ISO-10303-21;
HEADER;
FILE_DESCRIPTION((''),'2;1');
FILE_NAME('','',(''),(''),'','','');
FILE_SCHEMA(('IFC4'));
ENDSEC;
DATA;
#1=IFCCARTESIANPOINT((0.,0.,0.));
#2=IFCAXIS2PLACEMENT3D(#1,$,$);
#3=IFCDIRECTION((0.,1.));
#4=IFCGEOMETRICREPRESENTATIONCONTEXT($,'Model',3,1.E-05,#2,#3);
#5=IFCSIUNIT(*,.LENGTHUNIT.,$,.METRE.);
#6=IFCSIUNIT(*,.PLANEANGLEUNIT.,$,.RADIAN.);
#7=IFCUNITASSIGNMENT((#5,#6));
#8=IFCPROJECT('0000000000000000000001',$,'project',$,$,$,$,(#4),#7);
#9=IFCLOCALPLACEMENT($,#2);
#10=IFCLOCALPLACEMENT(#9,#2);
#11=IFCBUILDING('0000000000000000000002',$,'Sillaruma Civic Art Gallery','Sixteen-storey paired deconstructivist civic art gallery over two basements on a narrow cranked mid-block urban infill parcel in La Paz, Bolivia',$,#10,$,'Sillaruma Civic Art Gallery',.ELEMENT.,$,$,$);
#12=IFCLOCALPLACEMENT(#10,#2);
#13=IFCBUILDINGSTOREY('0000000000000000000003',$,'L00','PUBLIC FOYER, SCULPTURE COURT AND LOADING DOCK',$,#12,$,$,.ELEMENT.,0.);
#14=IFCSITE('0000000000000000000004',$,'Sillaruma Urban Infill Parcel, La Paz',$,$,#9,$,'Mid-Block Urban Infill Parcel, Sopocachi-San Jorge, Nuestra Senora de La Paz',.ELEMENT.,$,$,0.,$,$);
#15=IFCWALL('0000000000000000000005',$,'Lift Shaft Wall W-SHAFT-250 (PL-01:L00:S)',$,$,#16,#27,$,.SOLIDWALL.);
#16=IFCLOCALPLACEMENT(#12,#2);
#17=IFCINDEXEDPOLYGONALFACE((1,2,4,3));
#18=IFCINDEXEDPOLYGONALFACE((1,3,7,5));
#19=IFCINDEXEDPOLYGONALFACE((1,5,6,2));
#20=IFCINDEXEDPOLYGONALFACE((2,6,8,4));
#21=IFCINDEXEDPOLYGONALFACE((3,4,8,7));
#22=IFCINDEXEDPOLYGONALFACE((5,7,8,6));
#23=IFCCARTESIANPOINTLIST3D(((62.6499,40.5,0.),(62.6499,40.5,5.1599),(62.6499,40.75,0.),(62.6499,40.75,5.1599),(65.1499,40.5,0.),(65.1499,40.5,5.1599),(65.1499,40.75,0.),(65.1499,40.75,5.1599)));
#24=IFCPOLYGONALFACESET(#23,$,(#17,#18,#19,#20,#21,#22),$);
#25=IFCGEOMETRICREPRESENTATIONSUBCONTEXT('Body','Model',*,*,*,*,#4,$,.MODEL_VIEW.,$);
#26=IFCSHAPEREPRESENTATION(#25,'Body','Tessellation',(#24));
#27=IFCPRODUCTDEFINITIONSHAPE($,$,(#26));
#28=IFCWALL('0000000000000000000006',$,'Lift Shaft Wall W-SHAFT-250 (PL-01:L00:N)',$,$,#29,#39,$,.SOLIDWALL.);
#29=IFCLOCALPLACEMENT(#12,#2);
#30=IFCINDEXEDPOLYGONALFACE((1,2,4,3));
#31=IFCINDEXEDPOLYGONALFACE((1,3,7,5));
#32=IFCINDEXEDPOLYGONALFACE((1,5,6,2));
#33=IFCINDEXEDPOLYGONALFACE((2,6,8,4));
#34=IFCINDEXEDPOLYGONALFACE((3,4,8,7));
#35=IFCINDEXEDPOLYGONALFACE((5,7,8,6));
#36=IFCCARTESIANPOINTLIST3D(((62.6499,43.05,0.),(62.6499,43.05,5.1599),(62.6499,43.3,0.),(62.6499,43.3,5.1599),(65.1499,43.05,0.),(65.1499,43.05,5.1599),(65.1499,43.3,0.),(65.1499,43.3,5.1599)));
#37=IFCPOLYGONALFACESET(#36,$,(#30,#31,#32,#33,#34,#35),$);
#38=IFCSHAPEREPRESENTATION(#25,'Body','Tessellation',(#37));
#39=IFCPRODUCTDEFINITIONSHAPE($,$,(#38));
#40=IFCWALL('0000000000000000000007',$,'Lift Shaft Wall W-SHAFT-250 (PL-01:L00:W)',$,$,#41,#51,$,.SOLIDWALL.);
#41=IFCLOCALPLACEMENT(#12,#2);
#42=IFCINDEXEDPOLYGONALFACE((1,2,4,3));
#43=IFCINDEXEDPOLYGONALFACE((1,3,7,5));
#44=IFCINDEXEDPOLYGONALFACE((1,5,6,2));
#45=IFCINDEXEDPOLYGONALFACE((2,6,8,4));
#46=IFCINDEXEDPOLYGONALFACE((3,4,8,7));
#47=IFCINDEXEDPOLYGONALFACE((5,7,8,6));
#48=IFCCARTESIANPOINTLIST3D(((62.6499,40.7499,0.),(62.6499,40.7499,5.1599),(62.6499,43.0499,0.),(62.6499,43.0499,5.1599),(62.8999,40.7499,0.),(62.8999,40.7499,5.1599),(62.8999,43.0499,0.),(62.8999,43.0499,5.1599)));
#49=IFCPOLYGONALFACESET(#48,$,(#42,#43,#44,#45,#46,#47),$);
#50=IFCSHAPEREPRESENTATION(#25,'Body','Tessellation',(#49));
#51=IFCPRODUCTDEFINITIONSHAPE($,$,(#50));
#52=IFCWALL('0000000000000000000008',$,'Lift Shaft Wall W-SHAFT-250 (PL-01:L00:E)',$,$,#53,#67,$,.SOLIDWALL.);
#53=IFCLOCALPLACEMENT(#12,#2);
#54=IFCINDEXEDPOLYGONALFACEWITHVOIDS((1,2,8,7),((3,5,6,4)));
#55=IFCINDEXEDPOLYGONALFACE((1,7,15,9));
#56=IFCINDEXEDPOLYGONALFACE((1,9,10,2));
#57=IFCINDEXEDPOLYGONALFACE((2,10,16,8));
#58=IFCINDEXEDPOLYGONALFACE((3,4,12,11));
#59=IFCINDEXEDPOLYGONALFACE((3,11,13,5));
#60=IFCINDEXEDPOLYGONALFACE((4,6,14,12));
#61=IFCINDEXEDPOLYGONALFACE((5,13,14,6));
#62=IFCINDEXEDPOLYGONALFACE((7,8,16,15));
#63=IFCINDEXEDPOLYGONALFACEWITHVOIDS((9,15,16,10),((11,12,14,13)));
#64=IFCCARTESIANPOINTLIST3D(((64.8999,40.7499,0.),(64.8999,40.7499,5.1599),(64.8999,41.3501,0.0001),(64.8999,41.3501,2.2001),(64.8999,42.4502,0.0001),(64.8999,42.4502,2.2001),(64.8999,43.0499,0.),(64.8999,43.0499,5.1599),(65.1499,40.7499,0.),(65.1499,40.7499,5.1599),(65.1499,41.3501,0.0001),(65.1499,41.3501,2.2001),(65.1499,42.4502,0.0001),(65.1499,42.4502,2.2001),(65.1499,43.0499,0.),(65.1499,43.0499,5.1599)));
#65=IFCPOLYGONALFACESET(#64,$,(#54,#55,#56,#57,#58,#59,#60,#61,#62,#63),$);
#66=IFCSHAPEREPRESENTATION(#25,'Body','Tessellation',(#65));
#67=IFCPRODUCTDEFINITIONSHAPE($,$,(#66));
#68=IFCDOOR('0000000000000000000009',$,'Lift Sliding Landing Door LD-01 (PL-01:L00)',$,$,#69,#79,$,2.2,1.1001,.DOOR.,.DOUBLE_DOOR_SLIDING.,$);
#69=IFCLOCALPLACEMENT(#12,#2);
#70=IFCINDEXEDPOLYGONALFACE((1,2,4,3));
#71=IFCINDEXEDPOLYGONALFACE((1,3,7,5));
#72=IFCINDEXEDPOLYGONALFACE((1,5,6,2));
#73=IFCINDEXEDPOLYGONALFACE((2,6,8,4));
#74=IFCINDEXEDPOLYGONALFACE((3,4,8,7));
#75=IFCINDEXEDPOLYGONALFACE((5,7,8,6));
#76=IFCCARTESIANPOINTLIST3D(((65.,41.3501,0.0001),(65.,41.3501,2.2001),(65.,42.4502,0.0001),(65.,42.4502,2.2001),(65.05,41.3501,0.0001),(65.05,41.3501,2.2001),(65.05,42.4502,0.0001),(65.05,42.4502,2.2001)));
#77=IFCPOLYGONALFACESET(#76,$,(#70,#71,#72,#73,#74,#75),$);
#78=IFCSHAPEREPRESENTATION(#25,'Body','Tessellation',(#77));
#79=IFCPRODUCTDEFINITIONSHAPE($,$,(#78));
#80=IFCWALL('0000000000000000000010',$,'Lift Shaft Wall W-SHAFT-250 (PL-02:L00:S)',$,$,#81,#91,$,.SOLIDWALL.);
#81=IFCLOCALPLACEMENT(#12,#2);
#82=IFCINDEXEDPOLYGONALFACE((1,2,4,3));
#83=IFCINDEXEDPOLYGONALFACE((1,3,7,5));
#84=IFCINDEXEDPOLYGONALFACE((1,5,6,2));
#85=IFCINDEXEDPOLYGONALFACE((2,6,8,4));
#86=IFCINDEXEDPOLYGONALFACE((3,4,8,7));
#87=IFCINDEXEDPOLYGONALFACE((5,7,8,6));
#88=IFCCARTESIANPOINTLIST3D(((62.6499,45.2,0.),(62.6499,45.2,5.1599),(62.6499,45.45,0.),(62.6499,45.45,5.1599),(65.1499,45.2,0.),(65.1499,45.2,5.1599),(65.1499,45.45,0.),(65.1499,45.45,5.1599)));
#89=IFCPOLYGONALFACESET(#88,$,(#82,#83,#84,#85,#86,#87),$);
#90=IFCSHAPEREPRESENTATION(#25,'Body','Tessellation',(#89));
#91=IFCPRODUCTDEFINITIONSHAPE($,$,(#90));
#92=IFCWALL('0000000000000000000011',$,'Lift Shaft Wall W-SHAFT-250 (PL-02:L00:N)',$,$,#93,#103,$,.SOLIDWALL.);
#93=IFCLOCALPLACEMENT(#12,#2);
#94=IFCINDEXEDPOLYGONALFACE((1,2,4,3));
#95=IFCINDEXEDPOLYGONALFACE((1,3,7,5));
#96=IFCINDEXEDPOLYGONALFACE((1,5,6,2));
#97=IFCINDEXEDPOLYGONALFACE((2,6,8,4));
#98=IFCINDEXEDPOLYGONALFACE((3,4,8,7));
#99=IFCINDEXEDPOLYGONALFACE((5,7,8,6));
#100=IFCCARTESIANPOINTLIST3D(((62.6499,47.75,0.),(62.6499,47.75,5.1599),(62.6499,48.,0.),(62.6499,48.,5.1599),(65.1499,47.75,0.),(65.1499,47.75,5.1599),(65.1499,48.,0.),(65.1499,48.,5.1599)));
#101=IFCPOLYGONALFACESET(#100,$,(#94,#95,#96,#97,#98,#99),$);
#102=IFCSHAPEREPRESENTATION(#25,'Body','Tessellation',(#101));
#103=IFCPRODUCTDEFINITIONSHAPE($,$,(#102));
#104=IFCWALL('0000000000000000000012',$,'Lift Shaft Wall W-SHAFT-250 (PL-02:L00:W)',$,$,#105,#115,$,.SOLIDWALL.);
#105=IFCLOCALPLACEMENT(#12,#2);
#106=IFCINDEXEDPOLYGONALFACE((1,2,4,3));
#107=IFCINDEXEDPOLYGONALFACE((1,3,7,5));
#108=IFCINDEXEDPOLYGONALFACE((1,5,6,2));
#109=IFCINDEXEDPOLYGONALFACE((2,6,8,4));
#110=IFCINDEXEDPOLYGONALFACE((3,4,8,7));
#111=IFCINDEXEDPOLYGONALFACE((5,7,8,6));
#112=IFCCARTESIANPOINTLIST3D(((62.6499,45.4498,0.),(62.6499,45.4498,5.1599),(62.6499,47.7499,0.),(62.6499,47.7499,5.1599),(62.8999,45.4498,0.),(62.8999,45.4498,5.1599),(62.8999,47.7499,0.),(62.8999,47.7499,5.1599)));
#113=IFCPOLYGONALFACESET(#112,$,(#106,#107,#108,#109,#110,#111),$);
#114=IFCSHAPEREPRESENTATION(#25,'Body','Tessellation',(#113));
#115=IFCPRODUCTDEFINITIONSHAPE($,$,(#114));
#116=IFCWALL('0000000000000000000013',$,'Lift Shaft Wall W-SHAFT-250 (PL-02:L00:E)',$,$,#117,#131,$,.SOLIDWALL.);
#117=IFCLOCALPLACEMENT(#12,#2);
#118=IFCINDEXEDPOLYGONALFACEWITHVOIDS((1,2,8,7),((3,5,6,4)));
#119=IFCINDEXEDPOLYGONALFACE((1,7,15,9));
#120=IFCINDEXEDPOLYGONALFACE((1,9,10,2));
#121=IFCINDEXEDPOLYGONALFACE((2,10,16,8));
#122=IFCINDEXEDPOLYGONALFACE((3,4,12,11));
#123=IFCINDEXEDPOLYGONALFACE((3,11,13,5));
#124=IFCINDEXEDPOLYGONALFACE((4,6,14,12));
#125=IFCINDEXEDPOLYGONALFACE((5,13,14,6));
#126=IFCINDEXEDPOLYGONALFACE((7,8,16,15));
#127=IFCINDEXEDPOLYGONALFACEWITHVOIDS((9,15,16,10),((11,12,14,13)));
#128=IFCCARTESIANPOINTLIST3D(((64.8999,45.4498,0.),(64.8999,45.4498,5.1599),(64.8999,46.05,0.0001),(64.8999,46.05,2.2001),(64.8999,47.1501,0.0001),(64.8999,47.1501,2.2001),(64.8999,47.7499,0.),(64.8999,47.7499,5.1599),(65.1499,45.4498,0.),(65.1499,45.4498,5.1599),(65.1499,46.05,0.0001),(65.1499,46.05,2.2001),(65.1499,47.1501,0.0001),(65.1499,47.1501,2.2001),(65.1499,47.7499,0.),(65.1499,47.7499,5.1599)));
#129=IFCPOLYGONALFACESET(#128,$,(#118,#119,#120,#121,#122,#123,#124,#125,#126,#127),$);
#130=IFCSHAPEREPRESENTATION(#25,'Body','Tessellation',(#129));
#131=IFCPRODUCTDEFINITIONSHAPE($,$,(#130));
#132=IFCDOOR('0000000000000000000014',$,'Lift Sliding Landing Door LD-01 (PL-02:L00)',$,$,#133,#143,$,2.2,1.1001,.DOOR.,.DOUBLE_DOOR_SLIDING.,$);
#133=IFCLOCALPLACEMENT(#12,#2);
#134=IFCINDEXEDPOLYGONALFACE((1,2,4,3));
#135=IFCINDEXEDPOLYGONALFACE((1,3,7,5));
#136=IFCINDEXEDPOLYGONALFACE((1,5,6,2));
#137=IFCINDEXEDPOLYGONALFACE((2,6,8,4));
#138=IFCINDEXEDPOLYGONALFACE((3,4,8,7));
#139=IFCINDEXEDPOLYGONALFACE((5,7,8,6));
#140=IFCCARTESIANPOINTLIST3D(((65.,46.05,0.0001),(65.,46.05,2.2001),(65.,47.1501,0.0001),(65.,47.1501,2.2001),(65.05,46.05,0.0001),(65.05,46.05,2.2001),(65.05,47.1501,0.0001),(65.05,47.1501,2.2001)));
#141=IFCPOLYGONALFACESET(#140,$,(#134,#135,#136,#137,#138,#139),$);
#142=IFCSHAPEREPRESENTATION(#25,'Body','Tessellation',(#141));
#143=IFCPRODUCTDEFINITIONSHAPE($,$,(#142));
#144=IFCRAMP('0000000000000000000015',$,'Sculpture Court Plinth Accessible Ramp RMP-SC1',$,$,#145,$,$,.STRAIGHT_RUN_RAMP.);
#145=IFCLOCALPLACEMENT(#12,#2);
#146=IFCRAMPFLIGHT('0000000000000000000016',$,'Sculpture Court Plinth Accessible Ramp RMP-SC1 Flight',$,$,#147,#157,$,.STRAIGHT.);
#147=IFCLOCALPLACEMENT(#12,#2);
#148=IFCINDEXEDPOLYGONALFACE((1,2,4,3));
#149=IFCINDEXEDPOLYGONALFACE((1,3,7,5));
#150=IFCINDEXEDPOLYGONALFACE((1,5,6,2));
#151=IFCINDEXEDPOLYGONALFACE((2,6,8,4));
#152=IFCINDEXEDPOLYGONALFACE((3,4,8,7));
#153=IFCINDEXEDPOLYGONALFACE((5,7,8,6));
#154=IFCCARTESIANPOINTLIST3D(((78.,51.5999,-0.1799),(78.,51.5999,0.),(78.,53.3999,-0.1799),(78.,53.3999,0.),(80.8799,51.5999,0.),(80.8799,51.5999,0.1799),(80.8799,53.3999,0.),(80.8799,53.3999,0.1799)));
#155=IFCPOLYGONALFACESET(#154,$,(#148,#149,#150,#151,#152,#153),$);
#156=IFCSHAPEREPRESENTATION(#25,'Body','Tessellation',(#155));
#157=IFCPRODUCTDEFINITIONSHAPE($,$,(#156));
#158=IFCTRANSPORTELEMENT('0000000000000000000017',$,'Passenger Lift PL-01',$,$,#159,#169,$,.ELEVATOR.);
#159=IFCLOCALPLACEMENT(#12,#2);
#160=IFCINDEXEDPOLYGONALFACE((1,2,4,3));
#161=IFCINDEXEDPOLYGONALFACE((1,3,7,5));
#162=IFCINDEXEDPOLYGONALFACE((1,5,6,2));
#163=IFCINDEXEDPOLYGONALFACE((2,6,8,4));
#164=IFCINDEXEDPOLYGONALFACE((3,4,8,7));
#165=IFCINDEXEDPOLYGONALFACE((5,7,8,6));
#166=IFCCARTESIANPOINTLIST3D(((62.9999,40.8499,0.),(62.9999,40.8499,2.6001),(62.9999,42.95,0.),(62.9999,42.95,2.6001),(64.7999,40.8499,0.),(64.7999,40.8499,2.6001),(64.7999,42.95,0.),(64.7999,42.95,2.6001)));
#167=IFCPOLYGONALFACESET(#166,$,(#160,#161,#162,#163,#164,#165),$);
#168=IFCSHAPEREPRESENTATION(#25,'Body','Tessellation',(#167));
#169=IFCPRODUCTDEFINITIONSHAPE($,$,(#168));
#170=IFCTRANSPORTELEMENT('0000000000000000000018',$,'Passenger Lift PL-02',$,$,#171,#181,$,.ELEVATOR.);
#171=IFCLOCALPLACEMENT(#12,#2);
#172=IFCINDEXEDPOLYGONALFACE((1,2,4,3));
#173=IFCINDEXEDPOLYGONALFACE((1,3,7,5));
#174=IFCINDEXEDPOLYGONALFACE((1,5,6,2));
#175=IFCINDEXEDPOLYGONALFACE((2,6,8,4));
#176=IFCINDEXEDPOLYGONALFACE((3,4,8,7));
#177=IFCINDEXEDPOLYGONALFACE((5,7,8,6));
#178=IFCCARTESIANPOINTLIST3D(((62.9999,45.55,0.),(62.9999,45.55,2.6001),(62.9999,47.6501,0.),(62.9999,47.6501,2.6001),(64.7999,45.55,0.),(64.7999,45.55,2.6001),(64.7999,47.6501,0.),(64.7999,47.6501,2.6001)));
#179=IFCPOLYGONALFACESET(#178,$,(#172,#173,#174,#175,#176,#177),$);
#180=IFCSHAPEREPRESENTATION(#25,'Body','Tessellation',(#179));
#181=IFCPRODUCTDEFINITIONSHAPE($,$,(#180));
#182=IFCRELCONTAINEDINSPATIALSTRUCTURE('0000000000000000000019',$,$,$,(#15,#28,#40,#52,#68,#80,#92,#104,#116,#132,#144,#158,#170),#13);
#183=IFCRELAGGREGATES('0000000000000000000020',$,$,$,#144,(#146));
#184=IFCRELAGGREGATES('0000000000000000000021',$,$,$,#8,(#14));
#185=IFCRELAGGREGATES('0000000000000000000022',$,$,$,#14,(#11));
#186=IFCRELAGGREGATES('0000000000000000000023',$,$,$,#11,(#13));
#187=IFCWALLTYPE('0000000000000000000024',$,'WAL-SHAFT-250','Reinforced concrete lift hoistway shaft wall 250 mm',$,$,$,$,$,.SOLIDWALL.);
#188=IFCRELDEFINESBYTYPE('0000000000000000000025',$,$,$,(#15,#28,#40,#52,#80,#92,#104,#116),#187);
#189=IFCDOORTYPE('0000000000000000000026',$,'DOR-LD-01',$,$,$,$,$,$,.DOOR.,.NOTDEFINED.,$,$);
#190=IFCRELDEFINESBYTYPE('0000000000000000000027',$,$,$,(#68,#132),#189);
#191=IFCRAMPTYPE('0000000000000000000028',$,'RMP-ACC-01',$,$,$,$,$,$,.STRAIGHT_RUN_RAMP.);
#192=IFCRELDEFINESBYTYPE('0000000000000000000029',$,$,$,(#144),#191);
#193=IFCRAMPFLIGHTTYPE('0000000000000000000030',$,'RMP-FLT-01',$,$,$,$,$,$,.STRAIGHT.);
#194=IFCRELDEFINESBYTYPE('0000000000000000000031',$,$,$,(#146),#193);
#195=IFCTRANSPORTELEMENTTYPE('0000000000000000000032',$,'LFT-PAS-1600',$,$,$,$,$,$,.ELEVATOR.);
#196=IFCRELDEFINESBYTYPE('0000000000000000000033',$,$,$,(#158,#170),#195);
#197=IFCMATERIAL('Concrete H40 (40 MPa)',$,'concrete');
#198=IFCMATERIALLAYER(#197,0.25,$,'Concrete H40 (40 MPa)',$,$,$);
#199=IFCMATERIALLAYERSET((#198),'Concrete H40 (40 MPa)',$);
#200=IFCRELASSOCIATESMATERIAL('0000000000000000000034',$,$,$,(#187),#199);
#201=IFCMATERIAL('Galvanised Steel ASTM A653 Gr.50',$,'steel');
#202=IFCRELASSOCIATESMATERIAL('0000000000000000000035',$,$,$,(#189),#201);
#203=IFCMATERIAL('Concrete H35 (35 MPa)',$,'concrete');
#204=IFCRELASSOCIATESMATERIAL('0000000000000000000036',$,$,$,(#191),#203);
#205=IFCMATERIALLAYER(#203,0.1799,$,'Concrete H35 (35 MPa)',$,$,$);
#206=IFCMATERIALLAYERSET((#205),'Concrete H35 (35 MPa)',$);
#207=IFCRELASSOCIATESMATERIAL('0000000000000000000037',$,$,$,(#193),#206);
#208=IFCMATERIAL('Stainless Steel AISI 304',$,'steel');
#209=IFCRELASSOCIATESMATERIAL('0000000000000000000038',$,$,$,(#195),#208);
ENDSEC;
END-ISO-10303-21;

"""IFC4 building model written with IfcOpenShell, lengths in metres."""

from ifc_helpers import new_model, si_unit, direction, frame, frame_2d, origin, origin_2d, place, context, subcontext, project, spatial, polyline, rectangle, outline, extrude, material, layer, layer_set, type_object, element, fill, aggregate, save


model = new_model("IFC4")

# Units and contexts
model_context = context("Model", 3, precision=1e-05, world=origin(), true_north=direction((0.0, 1.0)))
body_context = subcontext(model_context, "Body", "Model", "MODEL_VIEW")
ifc_project = project(units=[si_unit("LENGTHUNIT", "METRE"), si_unit("PLANEANGLEUNIT", "RADIAN")], contexts=[model_context])

# Site, building, storey
site_placement = place(None, origin())
site = spatial("IfcSite", under=ifc_project, at=site_placement, Name="Sillaruma Urban Infill Parcel, La Paz", LongName="Mid-Block Urban Infill Parcel, Sopocachi-San Jorge, Nuestra Senora de La Paz", CompositionType="ELEMENT", RefElevation=0.0)
building_placement = place(site_placement, origin())
building = spatial("IfcBuilding", under=site, at=building_placement, Name="Sillaruma Civic Art Gallery", Description="Sixteen-storey paired deconstructivist civic art gallery over two basements on a narrow cranked mid-block urban infill parcel in La Paz, Bolivia", LongName="Sillaruma Civic Art Gallery", CompositionType="ELEMENT")
storey_placement = place(building_placement, origin())
storey = spatial("IfcBuildingStorey", under=building, at=storey_placement, Name="L00", Description="PUBLIC FOYER, SCULPTURE COURT AND LOADING DOCK", CompositionType="ELEMENT", Elevation=0.0)

# Shared definitions
ifc_material_1 = material(Name="Concrete H40 (40 MPa)", Category="concrete")

# Shared definitions
ifc_material_2 = material(Name="Concrete H35 (35 MPa)", Category="concrete")

# Walls
ifc_layer_1 = layer(ifc_material_1, 0.25, Name="Concrete H40 (40 MPa)")
ifc_layer_set_1 = layer_set([ifc_layer_1], Name="Concrete H40 (40 MPa)")
wall_type_1 = type_object("IfcWallType", Name="WAL-SHAFT-250", Description="Reinforced concrete lift hoistway shaft wall 250 mm", PredefinedType="SOLIDWALL", material=ifc_layer_set_1)
for number, where, z_axis, x_axis, name in (
    (1, (62.6499, 40.625, 0.0), (0.0, 0.0, 1.0), (1.0, 0.0, 0.0), "Lift Shaft Wall W-SHAFT-250 (PL-01:L00:S)"),
    (2, (62.6499, 43.175, 0.0), (0.0, 0.0, 1.0), (1.0, 0.0, 0.0), "Lift Shaft Wall W-SHAFT-250 (PL-01:L00:N)"),
):
    element("IfcWall", number, at=place(storey_placement, frame(where, z_axis=z_axis, x_axis=x_axis)), inside=storey, type_object=wall_type_1, Name=name, PredefinedType="SOLIDWALL", context=body_context, shape_type="SweptSolid", body=[
        extrude(rectangle(XDim=2.5, YDim=0.25, at=frame_2d((1.25, 0.0))), origin(), (0.0, 0.0, 1.0), 5.1599),
    ])
wall_1_placement = place(storey_placement, frame((62.7749, 40.75, 0.0), z_axis=(0.0, 0.0, 1.0), x_axis=(0.0, 1.0, 0.0)))
element("IfcWall", 3, at=wall_1_placement, inside=storey, type_object=wall_type_1, Name="Lift Shaft Wall W-SHAFT-250 (PL-01:L00:W)", PredefinedType="SOLIDWALL", context=body_context, shape_type="SweptSolid", body=[
    extrude(rectangle(XDim=2.3, YDim=0.25, at=frame_2d((1.1499, 0.0))), origin(), (0.0, 0.0, 1.0), 5.1599),
])

# Wall, opening, door
wall_2_placement = place(storey_placement, frame((65.0249, 40.75, 0.0), z_axis=(0.0, 0.0, 1.0), x_axis=(0.0, 1.0, 0.0)))
wall_2 = element("IfcWall", 4, at=wall_2_placement, inside=storey, type_object=wall_type_1, Name="Lift Shaft Wall W-SHAFT-250 (PL-01:L00:E)", PredefinedType="SOLIDWALL", context=body_context, shape_type="SweptSolid", body=[
    extrude(rectangle(XDim=2.3, YDim=0.25, at=frame_2d((1.1499, 0.0))), origin(), (0.0, 0.0, 1.0), 5.1599),
])
opening_1_placement = place(wall_2_placement, frame((0.6001, 0.0, 0.0)))
opening_1 = element("IfcOpeningElement", 5, at=opening_1_placement, cuts=wall_2, PredefinedType="OPENING", context=body_context, shape_type="SweptSolid", body=[
    extrude(rectangle(XDim=1.1001, YDim=2.2, at=frame_2d((0.55, 1.1001))), frame((0.0, 0.135, 0.0), z_axis=(0.0, -1.0, 0.0), x_axis=(1.0, 0.0, 0.0)), (0.0, 0.0, 1.0), 0.27),
])
ifc_material_3 = material(Name="Galvanised Steel ASTM A653 Gr.50", Category="steel")
door_type_1 = type_object("IfcDoorType", Name="DOR-LD-01", OperationType="NOTDEFINED", PredefinedType="DOOR", material=ifc_material_3)
door_1_placement = place(opening_1_placement, origin())
door_1 = element("IfcDoor", 6, at=door_1_placement, inside=storey, type_object=door_type_1, Name="Lift Sliding Landing Door LD-01 (PL-01:L00)", OperationType="DOUBLE_DOOR_SLIDING", OverallHeight=2.2, OverallWidth=1.1001, PredefinedType="DOOR", context=body_context, shape_type="SweptSolid", body=[
    extrude(rectangle(XDim=1.1001, YDim=2.2, at=frame_2d((0.55, 1.1001))), frame((0.0, 0.0249, 0.0), z_axis=(0.0, -1.0, 0.0), x_axis=(1.0, 0.0, 0.0)), (0.0, 0.0, 1.0), 0.05),
])
fill(opening_1, door_1)

# Walls
for number, where, z_axis, x_axis, name in (
    (7, (62.6499, 45.325, 0.0), (0.0, 0.0, 1.0), (1.0, 0.0, 0.0), "Lift Shaft Wall W-SHAFT-250 (PL-02:L00:S)"),
    (8, (62.6499, 47.875, 0.0), (0.0, 0.0, 1.0), (1.0, 0.0, 0.0), "Lift Shaft Wall W-SHAFT-250 (PL-02:L00:N)"),
):
    element("IfcWall", number, at=place(storey_placement, frame(where, z_axis=z_axis, x_axis=x_axis)), inside=storey, type_object=wall_type_1, Name=name, PredefinedType="SOLIDWALL", context=body_context, shape_type="SweptSolid", body=[
        extrude(rectangle(XDim=2.5, YDim=0.25, at=frame_2d((1.25, 0.0))), origin(), (0.0, 0.0, 1.0), 5.1599),
    ])
wall_3_placement = place(storey_placement, frame((62.7749, 45.45, 0.0), z_axis=(0.0, 0.0, 1.0), x_axis=(0.0, 1.0, 0.0)))
element("IfcWall", 9, at=wall_3_placement, inside=storey, type_object=wall_type_1, Name="Lift Shaft Wall W-SHAFT-250 (PL-02:L00:W)", PredefinedType="SOLIDWALL", context=body_context, shape_type="SweptSolid", body=[
    extrude(rectangle(XDim=2.3, YDim=0.25, at=frame_2d((1.1499, 0.0))), origin(), (0.0, 0.0, 1.0), 5.1599),
])

# Wall, opening, door
wall_4_placement = place(storey_placement, frame((65.0249, 45.45, 0.0), z_axis=(0.0, 0.0, 1.0), x_axis=(0.0, 1.0, 0.0)))
wall_4 = element("IfcWall", 10, at=wall_4_placement, inside=storey, type_object=wall_type_1, Name="Lift Shaft Wall W-SHAFT-250 (PL-02:L00:E)", PredefinedType="SOLIDWALL", context=body_context, shape_type="SweptSolid", body=[
    extrude(rectangle(XDim=2.3, YDim=0.25, at=frame_2d((1.1499, 0.0))), origin(), (0.0, 0.0, 1.0), 5.1599),
])
opening_2_placement = place(wall_4_placement, frame((0.6001, 0.0, 0.0)))
opening_2 = element("IfcOpeningElement", 11, at=opening_2_placement, cuts=wall_4, PredefinedType="OPENING", context=body_context, shape_type="SweptSolid", body=[
    extrude(rectangle(XDim=1.1001, YDim=2.2, at=frame_2d((0.55, 1.1001))), frame((0.0, 0.135, 0.0), z_axis=(0.0, -1.0, 0.0), x_axis=(1.0, 0.0, 0.0)), (0.0, 0.0, 1.0), 0.27),
])
door_2_placement = place(opening_2_placement, origin())
door_2 = element("IfcDoor", 12, at=door_2_placement, inside=storey, type_object=door_type_1, Name="Lift Sliding Landing Door LD-01 (PL-02:L00)", OperationType="DOUBLE_DOOR_SLIDING", OverallHeight=2.2, OverallWidth=1.1001, PredefinedType="DOOR", context=body_context, shape_type="SweptSolid", body=[
    extrude(rectangle(XDim=1.1001, YDim=2.2, at=frame_2d((0.55, 1.1001))), frame((0.0, 0.0249, 0.0), z_axis=(0.0, -1.0, 0.0), x_axis=(1.0, 0.0, 0.0)), (0.0, 0.0, 1.0), 0.05),
])
fill(opening_2, door_2)

# Ramp, ramp flight
ramp_type = type_object("IfcRampType", Name="RMP-ACC-01", PredefinedType="STRAIGHT_RUN_RAMP", material=ifc_material_2)
ramp_placement = place(storey_placement, origin())
ramp = element("IfcRamp", 13, at=ramp_placement, inside=storey, type_object=ramp_type, Name="Sculpture Court Plinth Accessible Ramp RMP-SC1", PredefinedType="STRAIGHT_RUN_RAMP")
ifc_layer_2 = layer(ifc_material_2, 0.1799, Name="Concrete H35 (35 MPa)")
ifc_layer_set_2 = layer_set([ifc_layer_2], Name="Concrete H35 (35 MPa)")
ramp_flight_type = type_object("IfcRampFlightType", Name="RMP-FLT-01", PredefinedType="STRAIGHT", material=ifc_layer_set_2)
ramp_flight_placement = place(storey_placement, frame((78.0, 52.5, 0.0), z_axis=(0.0, 0.0, 1.0), x_axis=(1.0, 0.0, 0.0)))
ramp_flight = element("IfcRampFlight", 14, at=ramp_flight_placement, type_object=ramp_flight_type, Name="Sculpture Court Plinth Accessible Ramp RMP-SC1 Flight", PredefinedType="STRAIGHT", context=body_context, shape_type="SweptSolid", body=[
    extrude(outline(polyline([(0.0, 0.0), (2.8799, 0.1799), (2.8799, 0.0), (0.0, -0.1799), (0.0, 0.0)])), frame((0.0, 0.8999, 0.0), z_axis=(0.0, -1.0, 0.0), x_axis=(1.0, 0.0, 0.0)), (0.0, 0.0, 1.0), 1.8),
])
aggregate(ramp, [ramp_flight])

# Transport elements
ifc_material_4 = material(Name="Stainless Steel AISI 304", Category="steel")
transport_element_type = type_object("IfcTransportElementType", Name="LFT-PAS-1600", PredefinedType="ELEVATOR", material=ifc_material_4)
for number, where, z_axis, x_axis, name in (
    (15, (63.8999, 41.8999, 0.0), (0.0, 0.0, 1.0), (1.0, 0.0, 0.0), "Passenger Lift PL-01"),
    (16, (63.8999, 46.6001, 0.0), (0.0, 0.0, 1.0), (1.0, 0.0, 0.0), "Passenger Lift PL-02"),
):
    element("IfcTransportElement", number, at=place(storey_placement, frame(where, z_axis=z_axis, x_axis=x_axis)), inside=storey, type_object=transport_element_type, Name=name, PredefinedType="ELEVATOR", context=body_context, shape_type="SweptSolid", body=[
        extrude(rectangle(XDim=1.8, YDim=2.1001, at=origin_2d()), origin(), (0.0, 0.0, 1.0), 2.6001),
    ])

save(model, "model.ifc")
